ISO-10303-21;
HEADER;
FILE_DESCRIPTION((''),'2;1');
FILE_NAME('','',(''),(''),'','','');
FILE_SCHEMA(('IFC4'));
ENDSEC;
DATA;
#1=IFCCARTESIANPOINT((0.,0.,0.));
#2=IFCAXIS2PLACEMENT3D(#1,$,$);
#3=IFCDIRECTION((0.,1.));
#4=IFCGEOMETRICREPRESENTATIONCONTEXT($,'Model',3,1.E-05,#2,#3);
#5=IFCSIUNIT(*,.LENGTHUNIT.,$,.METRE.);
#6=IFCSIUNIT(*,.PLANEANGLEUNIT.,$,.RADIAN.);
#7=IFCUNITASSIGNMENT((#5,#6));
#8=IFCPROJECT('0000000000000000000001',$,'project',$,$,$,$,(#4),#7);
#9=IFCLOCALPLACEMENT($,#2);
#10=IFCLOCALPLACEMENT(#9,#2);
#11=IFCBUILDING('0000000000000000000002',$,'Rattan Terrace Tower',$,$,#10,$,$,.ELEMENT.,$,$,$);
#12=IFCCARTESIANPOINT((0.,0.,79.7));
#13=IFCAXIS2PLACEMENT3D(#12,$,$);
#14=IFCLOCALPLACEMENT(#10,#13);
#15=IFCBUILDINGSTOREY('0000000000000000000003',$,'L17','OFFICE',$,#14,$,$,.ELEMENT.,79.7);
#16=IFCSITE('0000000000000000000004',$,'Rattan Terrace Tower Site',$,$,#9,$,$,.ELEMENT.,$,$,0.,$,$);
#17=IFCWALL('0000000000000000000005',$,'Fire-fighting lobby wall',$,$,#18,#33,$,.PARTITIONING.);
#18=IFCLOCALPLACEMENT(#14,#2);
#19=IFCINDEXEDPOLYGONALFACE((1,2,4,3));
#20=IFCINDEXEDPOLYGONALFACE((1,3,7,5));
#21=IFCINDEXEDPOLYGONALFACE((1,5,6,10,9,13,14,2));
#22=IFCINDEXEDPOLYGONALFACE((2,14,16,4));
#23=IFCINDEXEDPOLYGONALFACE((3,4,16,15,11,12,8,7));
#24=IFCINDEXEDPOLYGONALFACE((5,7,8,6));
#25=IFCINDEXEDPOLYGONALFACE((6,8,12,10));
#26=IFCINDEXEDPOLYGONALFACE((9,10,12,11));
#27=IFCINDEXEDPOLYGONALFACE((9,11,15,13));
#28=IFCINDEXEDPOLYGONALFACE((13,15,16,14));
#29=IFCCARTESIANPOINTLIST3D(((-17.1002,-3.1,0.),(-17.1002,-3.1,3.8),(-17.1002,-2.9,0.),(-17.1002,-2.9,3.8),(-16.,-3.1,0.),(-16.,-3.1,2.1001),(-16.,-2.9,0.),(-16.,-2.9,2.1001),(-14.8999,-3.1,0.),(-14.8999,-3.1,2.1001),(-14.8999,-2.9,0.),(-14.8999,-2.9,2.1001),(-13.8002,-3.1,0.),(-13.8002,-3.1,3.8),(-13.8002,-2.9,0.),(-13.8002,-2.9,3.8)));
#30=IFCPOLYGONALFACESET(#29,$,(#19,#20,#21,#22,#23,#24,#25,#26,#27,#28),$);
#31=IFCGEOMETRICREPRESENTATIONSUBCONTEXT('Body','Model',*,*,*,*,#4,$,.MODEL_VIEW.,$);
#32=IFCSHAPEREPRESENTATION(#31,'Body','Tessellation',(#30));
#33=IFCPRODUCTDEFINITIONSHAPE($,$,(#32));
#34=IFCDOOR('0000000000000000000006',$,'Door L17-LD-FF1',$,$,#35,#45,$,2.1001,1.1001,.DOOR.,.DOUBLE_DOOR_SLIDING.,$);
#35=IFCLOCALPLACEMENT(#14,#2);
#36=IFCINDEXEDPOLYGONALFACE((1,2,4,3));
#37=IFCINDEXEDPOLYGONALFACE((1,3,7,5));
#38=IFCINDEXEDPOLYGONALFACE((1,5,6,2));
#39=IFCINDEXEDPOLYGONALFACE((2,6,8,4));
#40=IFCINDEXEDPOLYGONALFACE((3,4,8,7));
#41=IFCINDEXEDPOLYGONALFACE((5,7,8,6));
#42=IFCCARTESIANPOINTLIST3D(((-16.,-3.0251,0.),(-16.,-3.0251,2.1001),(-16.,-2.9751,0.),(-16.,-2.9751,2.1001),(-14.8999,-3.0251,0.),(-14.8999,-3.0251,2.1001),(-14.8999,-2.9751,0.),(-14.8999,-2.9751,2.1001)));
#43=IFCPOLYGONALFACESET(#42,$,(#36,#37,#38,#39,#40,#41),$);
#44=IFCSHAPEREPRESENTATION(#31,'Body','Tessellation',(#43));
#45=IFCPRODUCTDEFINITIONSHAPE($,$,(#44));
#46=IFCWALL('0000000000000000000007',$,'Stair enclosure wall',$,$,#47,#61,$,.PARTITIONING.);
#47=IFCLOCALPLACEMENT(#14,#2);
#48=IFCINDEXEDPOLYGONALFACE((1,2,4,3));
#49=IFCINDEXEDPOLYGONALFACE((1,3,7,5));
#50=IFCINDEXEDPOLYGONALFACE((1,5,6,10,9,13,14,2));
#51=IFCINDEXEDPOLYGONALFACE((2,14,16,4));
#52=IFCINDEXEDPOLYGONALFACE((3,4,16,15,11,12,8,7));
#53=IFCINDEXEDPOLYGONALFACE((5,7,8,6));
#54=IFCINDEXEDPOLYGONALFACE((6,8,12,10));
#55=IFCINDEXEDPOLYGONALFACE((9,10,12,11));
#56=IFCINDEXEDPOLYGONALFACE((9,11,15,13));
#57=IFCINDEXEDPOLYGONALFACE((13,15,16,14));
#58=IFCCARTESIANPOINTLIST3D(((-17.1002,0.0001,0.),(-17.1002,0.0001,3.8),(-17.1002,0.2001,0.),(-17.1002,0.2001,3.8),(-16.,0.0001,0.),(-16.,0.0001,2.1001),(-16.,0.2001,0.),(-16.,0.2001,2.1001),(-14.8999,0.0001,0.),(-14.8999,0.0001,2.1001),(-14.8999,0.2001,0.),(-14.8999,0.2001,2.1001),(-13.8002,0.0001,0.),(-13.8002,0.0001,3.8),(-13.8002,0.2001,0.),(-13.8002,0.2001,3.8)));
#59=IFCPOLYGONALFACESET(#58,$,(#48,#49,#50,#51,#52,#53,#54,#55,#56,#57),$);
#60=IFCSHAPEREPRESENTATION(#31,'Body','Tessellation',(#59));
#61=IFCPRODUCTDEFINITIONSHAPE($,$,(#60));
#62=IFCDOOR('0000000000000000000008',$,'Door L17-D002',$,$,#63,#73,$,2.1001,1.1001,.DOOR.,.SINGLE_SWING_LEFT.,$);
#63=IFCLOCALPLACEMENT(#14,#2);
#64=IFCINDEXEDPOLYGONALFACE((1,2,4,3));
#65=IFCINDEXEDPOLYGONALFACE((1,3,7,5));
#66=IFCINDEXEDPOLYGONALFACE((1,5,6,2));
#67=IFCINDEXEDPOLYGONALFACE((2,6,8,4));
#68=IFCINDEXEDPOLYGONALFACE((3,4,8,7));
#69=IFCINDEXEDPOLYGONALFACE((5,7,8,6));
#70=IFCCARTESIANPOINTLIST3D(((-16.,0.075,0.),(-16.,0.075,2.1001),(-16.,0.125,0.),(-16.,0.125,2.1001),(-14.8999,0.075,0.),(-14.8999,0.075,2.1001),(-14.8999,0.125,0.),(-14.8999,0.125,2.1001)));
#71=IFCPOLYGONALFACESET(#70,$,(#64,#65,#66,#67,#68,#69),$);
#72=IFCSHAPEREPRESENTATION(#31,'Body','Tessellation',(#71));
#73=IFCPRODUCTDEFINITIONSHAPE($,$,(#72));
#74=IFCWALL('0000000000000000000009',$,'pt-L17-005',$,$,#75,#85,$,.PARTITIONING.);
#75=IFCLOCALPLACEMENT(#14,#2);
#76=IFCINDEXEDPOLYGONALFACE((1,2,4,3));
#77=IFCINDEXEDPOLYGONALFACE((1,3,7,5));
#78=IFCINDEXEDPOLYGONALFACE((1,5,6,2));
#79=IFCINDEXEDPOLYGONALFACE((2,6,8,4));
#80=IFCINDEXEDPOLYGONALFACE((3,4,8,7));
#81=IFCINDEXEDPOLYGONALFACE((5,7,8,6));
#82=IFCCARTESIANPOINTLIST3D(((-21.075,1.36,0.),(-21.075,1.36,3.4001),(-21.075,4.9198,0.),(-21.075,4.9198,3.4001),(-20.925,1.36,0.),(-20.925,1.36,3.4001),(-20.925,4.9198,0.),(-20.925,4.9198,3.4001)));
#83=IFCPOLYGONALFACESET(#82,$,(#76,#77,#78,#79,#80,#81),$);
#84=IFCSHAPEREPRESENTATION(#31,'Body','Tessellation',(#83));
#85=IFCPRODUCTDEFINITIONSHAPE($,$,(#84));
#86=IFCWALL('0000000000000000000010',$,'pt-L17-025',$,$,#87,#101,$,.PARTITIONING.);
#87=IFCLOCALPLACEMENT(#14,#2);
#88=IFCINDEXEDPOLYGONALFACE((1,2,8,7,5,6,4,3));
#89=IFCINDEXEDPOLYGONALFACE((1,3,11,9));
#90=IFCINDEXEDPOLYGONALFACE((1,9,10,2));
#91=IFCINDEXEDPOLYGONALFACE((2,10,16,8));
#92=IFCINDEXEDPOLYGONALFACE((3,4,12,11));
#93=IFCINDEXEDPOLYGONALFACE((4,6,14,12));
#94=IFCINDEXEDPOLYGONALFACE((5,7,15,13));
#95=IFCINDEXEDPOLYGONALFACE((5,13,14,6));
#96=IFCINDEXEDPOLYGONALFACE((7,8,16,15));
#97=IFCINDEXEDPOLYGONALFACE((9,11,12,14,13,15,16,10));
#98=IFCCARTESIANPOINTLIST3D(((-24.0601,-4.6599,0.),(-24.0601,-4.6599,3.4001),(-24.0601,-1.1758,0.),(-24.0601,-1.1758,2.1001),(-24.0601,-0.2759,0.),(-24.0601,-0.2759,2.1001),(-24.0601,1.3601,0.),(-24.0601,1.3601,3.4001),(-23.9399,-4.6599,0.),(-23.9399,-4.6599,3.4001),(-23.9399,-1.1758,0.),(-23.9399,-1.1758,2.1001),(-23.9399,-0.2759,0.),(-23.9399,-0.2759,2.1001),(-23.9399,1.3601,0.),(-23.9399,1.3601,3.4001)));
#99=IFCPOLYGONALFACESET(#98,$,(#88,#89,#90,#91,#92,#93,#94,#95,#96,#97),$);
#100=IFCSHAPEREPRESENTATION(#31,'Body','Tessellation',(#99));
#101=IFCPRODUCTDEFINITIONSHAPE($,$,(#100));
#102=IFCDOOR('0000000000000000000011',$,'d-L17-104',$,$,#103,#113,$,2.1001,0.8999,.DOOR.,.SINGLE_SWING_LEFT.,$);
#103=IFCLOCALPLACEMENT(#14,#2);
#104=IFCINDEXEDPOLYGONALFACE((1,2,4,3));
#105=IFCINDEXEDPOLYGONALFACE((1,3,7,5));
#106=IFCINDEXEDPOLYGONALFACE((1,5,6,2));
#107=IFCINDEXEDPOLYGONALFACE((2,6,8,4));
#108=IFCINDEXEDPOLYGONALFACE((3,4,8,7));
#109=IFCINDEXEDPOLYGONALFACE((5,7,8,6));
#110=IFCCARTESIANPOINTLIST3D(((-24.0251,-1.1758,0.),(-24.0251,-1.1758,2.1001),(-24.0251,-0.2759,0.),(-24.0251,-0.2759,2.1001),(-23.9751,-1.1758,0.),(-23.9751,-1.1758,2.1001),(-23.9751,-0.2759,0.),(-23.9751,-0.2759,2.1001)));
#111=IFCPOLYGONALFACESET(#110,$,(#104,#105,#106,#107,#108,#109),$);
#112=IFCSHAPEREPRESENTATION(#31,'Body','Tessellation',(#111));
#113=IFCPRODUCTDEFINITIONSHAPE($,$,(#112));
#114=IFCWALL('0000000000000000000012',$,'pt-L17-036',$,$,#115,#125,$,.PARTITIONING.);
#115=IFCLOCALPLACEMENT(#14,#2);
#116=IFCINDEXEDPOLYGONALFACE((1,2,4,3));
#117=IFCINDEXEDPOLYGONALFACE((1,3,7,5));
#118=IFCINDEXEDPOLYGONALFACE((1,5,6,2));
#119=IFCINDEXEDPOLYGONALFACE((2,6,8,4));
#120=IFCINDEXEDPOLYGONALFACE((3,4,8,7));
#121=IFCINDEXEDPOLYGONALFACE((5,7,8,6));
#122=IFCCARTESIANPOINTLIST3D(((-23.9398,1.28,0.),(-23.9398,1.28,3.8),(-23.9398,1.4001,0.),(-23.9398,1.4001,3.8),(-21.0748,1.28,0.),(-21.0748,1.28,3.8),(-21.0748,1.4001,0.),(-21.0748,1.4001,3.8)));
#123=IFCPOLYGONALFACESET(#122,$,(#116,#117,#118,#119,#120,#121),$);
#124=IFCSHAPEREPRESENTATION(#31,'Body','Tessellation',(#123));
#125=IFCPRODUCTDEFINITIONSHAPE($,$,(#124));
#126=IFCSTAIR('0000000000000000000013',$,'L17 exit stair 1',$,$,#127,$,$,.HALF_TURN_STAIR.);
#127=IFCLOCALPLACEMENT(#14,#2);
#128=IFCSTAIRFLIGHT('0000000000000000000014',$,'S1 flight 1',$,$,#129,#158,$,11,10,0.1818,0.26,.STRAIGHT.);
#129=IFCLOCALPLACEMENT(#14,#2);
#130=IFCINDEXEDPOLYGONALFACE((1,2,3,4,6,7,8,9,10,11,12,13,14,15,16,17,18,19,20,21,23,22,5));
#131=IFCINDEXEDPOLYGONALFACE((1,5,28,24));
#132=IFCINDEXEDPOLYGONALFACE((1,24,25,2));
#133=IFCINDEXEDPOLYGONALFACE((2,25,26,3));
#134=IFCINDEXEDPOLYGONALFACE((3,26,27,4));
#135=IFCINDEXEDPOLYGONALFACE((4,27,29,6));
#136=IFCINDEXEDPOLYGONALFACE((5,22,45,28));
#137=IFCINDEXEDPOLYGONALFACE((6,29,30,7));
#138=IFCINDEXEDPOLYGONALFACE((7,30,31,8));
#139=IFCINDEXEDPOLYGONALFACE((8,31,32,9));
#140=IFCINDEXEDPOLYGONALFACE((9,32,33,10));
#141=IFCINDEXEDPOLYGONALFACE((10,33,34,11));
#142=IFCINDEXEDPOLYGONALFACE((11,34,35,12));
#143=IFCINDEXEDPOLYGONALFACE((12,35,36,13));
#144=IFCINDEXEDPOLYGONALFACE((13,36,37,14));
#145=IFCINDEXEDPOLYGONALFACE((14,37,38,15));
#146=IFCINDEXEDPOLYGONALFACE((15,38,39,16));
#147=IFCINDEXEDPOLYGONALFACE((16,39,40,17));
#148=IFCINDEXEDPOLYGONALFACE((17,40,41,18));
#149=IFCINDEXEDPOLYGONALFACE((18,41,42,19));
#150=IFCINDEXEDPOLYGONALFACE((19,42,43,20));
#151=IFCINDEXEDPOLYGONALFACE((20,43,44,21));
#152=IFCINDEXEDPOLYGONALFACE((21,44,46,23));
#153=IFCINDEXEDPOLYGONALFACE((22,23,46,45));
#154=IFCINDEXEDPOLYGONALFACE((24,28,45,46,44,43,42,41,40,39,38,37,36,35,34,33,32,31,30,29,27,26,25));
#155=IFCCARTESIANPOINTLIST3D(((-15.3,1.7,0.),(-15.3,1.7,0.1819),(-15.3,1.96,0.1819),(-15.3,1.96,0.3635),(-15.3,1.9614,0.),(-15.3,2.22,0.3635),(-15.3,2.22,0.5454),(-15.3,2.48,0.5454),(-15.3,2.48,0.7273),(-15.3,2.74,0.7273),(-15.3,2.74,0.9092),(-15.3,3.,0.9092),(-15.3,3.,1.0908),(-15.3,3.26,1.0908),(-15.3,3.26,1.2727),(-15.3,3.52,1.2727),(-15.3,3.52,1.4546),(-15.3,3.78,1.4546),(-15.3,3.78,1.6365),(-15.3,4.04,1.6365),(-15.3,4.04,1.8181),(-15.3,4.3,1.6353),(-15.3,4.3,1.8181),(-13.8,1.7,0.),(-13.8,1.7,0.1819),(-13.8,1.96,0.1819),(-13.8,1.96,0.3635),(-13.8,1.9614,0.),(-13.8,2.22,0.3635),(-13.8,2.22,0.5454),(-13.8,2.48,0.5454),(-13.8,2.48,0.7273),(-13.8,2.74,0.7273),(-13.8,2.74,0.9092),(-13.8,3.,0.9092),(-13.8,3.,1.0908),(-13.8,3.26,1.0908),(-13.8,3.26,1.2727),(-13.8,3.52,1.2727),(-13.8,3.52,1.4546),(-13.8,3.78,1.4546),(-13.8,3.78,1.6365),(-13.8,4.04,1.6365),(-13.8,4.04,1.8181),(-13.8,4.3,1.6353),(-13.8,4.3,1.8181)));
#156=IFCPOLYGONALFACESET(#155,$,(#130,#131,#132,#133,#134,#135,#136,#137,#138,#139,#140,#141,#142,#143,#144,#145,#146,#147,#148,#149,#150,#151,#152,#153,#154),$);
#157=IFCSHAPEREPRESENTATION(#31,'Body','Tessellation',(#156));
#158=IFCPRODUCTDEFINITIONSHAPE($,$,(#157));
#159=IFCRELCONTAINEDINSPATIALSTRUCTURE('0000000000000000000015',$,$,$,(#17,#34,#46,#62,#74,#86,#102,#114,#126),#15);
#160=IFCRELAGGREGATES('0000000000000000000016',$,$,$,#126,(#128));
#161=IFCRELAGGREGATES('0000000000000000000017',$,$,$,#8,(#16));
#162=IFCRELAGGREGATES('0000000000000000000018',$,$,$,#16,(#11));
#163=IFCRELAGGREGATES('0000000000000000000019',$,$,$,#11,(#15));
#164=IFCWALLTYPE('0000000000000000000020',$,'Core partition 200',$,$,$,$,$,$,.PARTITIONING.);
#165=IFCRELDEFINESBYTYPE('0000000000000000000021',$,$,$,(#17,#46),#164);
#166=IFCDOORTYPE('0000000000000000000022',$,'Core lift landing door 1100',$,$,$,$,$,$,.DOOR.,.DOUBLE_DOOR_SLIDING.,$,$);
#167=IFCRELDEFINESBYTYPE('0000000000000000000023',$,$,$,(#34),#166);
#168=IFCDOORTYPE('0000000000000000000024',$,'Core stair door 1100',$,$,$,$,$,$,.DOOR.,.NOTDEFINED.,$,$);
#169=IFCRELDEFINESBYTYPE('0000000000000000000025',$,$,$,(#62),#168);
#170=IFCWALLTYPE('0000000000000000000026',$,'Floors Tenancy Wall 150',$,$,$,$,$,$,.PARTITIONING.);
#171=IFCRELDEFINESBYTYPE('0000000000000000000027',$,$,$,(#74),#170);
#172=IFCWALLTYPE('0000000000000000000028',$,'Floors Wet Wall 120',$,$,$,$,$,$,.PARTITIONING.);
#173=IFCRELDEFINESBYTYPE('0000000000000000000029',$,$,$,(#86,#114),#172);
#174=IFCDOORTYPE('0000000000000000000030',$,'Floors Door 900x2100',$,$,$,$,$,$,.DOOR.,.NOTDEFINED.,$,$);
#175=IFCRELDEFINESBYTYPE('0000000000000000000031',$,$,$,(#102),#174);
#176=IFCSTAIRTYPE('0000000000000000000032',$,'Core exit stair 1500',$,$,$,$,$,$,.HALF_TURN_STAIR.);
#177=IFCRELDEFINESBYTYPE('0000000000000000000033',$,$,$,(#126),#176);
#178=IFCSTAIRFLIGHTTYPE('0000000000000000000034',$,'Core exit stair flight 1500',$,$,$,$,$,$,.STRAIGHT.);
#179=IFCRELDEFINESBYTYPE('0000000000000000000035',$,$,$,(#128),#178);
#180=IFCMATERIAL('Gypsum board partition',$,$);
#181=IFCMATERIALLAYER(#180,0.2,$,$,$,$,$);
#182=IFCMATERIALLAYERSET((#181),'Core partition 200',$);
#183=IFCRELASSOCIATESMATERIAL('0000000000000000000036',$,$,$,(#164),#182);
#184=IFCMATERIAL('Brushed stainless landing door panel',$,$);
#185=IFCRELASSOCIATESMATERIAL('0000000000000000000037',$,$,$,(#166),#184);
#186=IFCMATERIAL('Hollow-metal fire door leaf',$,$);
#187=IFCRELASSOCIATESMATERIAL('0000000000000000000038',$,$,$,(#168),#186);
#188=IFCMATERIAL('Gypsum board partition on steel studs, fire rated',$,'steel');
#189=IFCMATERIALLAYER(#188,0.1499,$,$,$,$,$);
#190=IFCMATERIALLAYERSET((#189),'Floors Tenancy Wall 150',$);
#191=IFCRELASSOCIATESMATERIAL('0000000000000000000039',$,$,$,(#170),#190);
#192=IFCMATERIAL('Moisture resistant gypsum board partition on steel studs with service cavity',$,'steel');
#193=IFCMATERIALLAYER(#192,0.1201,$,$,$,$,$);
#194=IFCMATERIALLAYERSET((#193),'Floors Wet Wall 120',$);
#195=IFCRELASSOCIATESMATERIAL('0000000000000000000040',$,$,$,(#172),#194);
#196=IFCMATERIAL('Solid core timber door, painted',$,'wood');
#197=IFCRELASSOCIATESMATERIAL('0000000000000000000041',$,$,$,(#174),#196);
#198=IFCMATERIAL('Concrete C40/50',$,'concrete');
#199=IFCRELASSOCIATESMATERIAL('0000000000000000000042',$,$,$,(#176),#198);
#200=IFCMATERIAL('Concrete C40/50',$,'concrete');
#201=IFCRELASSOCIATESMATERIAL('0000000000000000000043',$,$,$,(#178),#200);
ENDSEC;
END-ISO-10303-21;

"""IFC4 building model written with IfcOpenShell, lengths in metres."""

from ifc_helpers import new_model, si_unit, direction, frame, frame_2d, origin, place, context, subcontext, project, spatial, polyline, rectangle, outline, extrude, material, layer, layer_set, type_object, element, fill, aggregate, save


model = new_model("IFC4")

# Units and contexts
model_context = context("Model", 3, precision=1e-05, world=origin(), true_north=direction((0.0, 1.0)))
body_context = subcontext(model_context, "Body", "Model", "MODEL_VIEW")
ifc_project = project(units=[si_unit("LENGTHUNIT", "METRE"), si_unit("PLANEANGLEUNIT", "RADIAN")], contexts=[model_context])

# Site, building, storey
site_placement = place(None, origin())
site = spatial("IfcSite", under=ifc_project, at=site_placement, Name="Rattan Terrace Tower Site", CompositionType="ELEMENT", RefElevation=0.0)
building_placement = place(site_placement, origin())
building = spatial("IfcBuilding", under=site, at=building_placement, Name="Rattan Terrace Tower", CompositionType="ELEMENT")
storey_placement = place(building_placement, frame((0.0, 0.0, 79.7)))
storey = spatial("IfcBuildingStorey", under=building, at=storey_placement, Name="L17", Description="OFFICE", CompositionType="ELEMENT", Elevation=79.7)

# Walls, openings, doors
ifc_material_1 = material(Name="Gypsum board partition")
ifc_layer_1 = layer(ifc_material_1, 0.2)
ifc_layer_set_1 = layer_set([ifc_layer_1], Name="Core partition 200")
wall_type_1 = type_object("IfcWallType", Name="Core partition 200", PredefinedType="PARTITIONING", material=ifc_layer_set_1)
wall_1_placement = place(storey_placement, frame((-17.1001, -3.0, 0.0), z_axis=(0.0, 0.0, 1.0), x_axis=(1.0, 0.0, 0.0)))
wall_1 = element("IfcWall", 1, at=wall_1_placement, inside=storey, type_object=wall_type_1, Name="Fire-fighting lobby wall", PredefinedType="PARTITIONING", context=body_context, shape_type="SweptSolid", body=[
    extrude(rectangle(XDim=3.3, YDim=0.2, at=frame_2d((1.6499, 0.0))), origin(), (0.0, 0.0, 1.0), 3.8),
])
opening_1_placement = place(wall_1_placement, frame((1.1001, 0.0, 0.0)))
opening_1 = element("IfcOpeningElement", 2, at=opening_1_placement, cuts=wall_1, PredefinedType="OPENING", context=body_context, shape_type="SweptSolid", body=[
    extrude(rectangle(XDim=1.1001, YDim=2.1001, at=frame_2d((0.55, 1.05))), frame((0.0, 0.1106, 0.0), z_axis=(0.0, -1.0, 0.0), x_axis=(1.0, 0.0, 0.0)), (0.0, 0.0, 1.0), 0.2209),
])
ifc_material_2 = material(Name="Brushed stainless landing door panel")
door_type_1 = type_object("IfcDoorType", Name="Core lift landing door 1100", OperationType="DOUBLE_DOOR_SLIDING", PredefinedType="DOOR", material=ifc_material_2)
door_1_placement = place(opening_1_placement, origin())
door_1 = element("IfcDoor", 3, at=door_1_placement, inside=storey, type_object=door_type_1, Name="Door L17-LD-FF1", OperationType="DOUBLE_DOOR_SLIDING", OverallHeight=2.1001, OverallWidth=1.1001, PredefinedType="DOOR", context=body_context, shape_type="SweptSolid", body=[
    extrude(rectangle(XDim=1.1001, YDim=2.1001, at=frame_2d((0.55, 1.05))), frame((0.0, 0.0249, 0.0), z_axis=(0.0, -1.0, 0.0), x_axis=(1.0, 0.0, 0.0)), (0.0, 0.0, 1.0), 0.05),
])
fill(opening_1, door_1)
wall_2_placement = place(storey_placement, frame((-17.1001, 0.1001, 0.0), z_axis=(0.0, 0.0, 1.0), x_axis=(1.0, 0.0, 0.0)))
wall_2 = element("IfcWall", 4, at=wall_2_placement, inside=storey, type_object=wall_type_1, Name="Stair enclosure wall", PredefinedType="PARTITIONING", context=body_context, shape_type="SweptSolid", body=[
    extrude(rectangle(XDim=3.3, YDim=0.2, at=frame_2d((1.6499, 0.0))), origin(), (0.0, 0.0, 1.0), 3.8),
])
opening_2_placement = place(wall_2_placement, frame((1.1001, 0.0, 0.0)))
opening_2 = element("IfcOpeningElement", 5, at=opening_2_placement, cuts=wall_2, PredefinedType="OPENING", context=body_context, shape_type="SweptSolid", body=[
    extrude(rectangle(XDim=1.1001, YDim=2.1001, at=frame_2d((0.55, 1.05))), frame((0.0, 0.1106, 0.0), z_axis=(0.0, -1.0, 0.0), x_axis=(1.0, 0.0, 0.0)), (0.0, 0.0, 1.0), 0.2209),
])
ifc_material_3 = material(Name="Hollow-metal fire door leaf")
door_type_2 = type_object("IfcDoorType", Name="Core stair door 1100", OperationType="NOTDEFINED", PredefinedType="DOOR", material=ifc_material_3)
door_2_placement = place(opening_2_placement, origin())
door_2 = element("IfcDoor", 6, at=door_2_placement, inside=storey, type_object=door_type_2, Name="Door L17-D002", OperationType="SINGLE_SWING_LEFT", OverallHeight=2.1001, OverallWidth=1.1001, PredefinedType="DOOR", context=body_context, shape_type="SweptSolid", body=[
    extrude(rectangle(XDim=1.1001, YDim=2.1001, at=frame_2d((0.55, 1.05))), frame((0.0, 0.0249, 0.0), z_axis=(0.0, -1.0, 0.0), x_axis=(1.0, 0.0, 0.0)), (0.0, 0.0, 1.0), 0.05),
])
fill(opening_2, door_2)

# Wall
ifc_material_4 = material(Name="Gypsum board partition on steel studs, fire rated", Category="steel")
ifc_layer_2 = layer(ifc_material_4, 0.1499)
ifc_layer_set_2 = layer_set([ifc_layer_2], Name="Floors Tenancy Wall 150")
wall_type_2 = type_object("IfcWallType", Name="Floors Tenancy Wall 150", PredefinedType="PARTITIONING", material=ifc_layer_set_2)
wall_3_placement = place(storey_placement, frame((-21.0, 1.3601, 0.0), z_axis=(0.0, 0.0, 1.0), x_axis=(0.0, 1.0, 0.0)))
element("IfcWall", 7, at=wall_3_placement, inside=storey, type_object=wall_type_2, Name="pt-L17-005", PredefinedType="PARTITIONING", context=body_context, shape_type="SweptSolid", body=[
    extrude(rectangle(XDim=3.5598, YDim=0.1499, at=frame_2d((1.7798, 0.0))), origin(), (0.0, 0.0, 1.0), 3.4001),
])

# Wall, opening, door
ifc_material_5 = material(Name="Moisture resistant gypsum board partition on steel studs with service cavity", Category="steel")
ifc_layer_3 = layer(ifc_material_5, 0.1201)
ifc_layer_set_3 = layer_set([ifc_layer_3], Name="Floors Wet Wall 120")
wall_type_3 = type_object("IfcWallType", Name="Floors Wet Wall 120", PredefinedType="PARTITIONING", material=ifc_layer_set_3)
wall_4_placement = place(storey_placement, frame((-24.0, 1.3601, 0.0), z_axis=(0.0, 0.0, 1.0), x_axis=(0.0, -1.0, 0.0)))
wall_4 = element("IfcWall", 8, at=wall_4_placement, inside=storey, type_object=wall_type_3, Name="pt-L17-025", PredefinedType="PARTITIONING", context=body_context, shape_type="SweptSolid", body=[
    extrude(rectangle(XDim=6.02, YDim=0.1201, at=frame_2d((3.01, 0.0))), origin(), (0.0, 0.0, 1.0), 3.4001),
])
opening_3_placement = place(wall_4_placement, frame((1.636, 0.0, 0.0)))
opening_3 = element("IfcOpeningElement", 9, at=opening_3_placement, cuts=wall_4, PredefinedType="OPENING", context=body_context, shape_type="SweptSolid", body=[
    extrude(rectangle(XDim=0.8999, YDim=2.1001, at=frame_2d((0.45, 1.05))), frame((0.0, 0.0706, 0.0), z_axis=(0.0, -1.0, 0.0), x_axis=(1.0, 0.0, 0.0)), (0.0, 0.0, 1.0), 0.1411),
])
ifc_material_6 = material(Name="Solid core timber door, painted", Category="wood")
door_type_3 = type_object("IfcDoorType", Name="Floors Door 900x2100", OperationType="NOTDEFINED", PredefinedType="DOOR", material=ifc_material_6)
door_3_placement = place(opening_3_placement, origin())
door_3 = element("IfcDoor", 10, at=door_3_placement, inside=storey, type_object=door_type_3, Name="d-L17-104", OperationType="SINGLE_SWING_LEFT", OverallHeight=2.1001, OverallWidth=0.8999, PredefinedType="DOOR", context=body_context, shape_type="SweptSolid", body=[
    extrude(rectangle(XDim=0.8999, YDim=2.1001, at=frame_2d((0.45, 1.05))), frame((0.0, 0.0249, 0.0), z_axis=(0.0, -1.0, 0.0), x_axis=(1.0, 0.0, 0.0)), (0.0, 0.0, 1.0), 0.05),
])
fill(opening_3, door_3)

# Wall
wall_5_placement = place(storey_placement, frame((-23.9399, 1.3401, 0.0), z_axis=(0.0, 0.0, 1.0), x_axis=(1.0, 0.0, 0.0)))
element("IfcWall", 11, at=wall_5_placement, inside=storey, type_object=wall_type_3, Name="pt-L17-036", PredefinedType="PARTITIONING", context=body_context, shape_type="SweptSolid", body=[
    extrude(rectangle(XDim=2.865, YDim=0.1201, at=frame_2d((1.4326, 0.0))), origin(), (0.0, 0.0, 1.0), 3.8),
])

# Stair, stair flight
ifc_material_7 = material(Name="Concrete C40/50", Category="concrete")
stair_type = type_object("IfcStairType", Name="Core exit stair 1500", PredefinedType="HALF_TURN_STAIR", material=ifc_material_7)
stair_placement = place(storey_placement, origin())
stair = element("IfcStair", 12, at=stair_placement, inside=storey, type_object=stair_type, Name="L17 exit stair 1", PredefinedType="HALF_TURN_STAIR")
ifc_material_8 = material(Name="Concrete C40/50", Category="concrete")
stair_flight_type = type_object("IfcStairFlightType", Name="Core exit stair flight 1500", PredefinedType="STRAIGHT", material=ifc_material_8)
stair_flight_1_placement = place(storey_placement, frame((-14.55, 1.7, 0.0), z_axis=(0.0, 0.0, 1.0), x_axis=(0.0, 1.0, 0.0)))
stair_flight_1 = element("IfcStairFlight", 13, at=stair_flight_1_placement, type_object=stair_flight_type, Name="S1 flight 1", NumberOfRisers=11, NumberOfTreads=10, PredefinedType="STRAIGHT", RiserHeight=0.1818, TreadLength=0.26, context=body_context, shape_type="SweptSolid", body=[
    extrude(outline(polyline([(0.0, 0.0), (0.0, 0.1819), (0.26, 0.1819), (0.26, 0.3635), (0.52, 0.3635), (0.52, 0.5454), (0.78, 0.5454), (0.78, 0.7273), (1.04, 0.7273), (1.04, 0.9092), (1.3, 0.9092), (1.3, 1.0908), (1.5601, 1.0908), (1.5601, 1.2727), (1.8201, 1.2727), (1.8201, 1.4546), (2.0801, 1.4546), (2.0801, 1.6365), (2.3401, 1.6365), (2.3401, 1.8181), (2.6001, 1.8181), (2.6001, 2.0), (2.6001, 1.6353), (0.2615, 0.0), (0.0, 0.0)])), frame((0.0, 0.75, 0.0), z_axis=(0.0, -1.0, 0.0), x_axis=(1.0, 0.0, 0.0)), (0.0, 0.0, 1.0), 1.5),
])
aggregate(stair, [stair_flight_1])

save(model, "model.ifc")
